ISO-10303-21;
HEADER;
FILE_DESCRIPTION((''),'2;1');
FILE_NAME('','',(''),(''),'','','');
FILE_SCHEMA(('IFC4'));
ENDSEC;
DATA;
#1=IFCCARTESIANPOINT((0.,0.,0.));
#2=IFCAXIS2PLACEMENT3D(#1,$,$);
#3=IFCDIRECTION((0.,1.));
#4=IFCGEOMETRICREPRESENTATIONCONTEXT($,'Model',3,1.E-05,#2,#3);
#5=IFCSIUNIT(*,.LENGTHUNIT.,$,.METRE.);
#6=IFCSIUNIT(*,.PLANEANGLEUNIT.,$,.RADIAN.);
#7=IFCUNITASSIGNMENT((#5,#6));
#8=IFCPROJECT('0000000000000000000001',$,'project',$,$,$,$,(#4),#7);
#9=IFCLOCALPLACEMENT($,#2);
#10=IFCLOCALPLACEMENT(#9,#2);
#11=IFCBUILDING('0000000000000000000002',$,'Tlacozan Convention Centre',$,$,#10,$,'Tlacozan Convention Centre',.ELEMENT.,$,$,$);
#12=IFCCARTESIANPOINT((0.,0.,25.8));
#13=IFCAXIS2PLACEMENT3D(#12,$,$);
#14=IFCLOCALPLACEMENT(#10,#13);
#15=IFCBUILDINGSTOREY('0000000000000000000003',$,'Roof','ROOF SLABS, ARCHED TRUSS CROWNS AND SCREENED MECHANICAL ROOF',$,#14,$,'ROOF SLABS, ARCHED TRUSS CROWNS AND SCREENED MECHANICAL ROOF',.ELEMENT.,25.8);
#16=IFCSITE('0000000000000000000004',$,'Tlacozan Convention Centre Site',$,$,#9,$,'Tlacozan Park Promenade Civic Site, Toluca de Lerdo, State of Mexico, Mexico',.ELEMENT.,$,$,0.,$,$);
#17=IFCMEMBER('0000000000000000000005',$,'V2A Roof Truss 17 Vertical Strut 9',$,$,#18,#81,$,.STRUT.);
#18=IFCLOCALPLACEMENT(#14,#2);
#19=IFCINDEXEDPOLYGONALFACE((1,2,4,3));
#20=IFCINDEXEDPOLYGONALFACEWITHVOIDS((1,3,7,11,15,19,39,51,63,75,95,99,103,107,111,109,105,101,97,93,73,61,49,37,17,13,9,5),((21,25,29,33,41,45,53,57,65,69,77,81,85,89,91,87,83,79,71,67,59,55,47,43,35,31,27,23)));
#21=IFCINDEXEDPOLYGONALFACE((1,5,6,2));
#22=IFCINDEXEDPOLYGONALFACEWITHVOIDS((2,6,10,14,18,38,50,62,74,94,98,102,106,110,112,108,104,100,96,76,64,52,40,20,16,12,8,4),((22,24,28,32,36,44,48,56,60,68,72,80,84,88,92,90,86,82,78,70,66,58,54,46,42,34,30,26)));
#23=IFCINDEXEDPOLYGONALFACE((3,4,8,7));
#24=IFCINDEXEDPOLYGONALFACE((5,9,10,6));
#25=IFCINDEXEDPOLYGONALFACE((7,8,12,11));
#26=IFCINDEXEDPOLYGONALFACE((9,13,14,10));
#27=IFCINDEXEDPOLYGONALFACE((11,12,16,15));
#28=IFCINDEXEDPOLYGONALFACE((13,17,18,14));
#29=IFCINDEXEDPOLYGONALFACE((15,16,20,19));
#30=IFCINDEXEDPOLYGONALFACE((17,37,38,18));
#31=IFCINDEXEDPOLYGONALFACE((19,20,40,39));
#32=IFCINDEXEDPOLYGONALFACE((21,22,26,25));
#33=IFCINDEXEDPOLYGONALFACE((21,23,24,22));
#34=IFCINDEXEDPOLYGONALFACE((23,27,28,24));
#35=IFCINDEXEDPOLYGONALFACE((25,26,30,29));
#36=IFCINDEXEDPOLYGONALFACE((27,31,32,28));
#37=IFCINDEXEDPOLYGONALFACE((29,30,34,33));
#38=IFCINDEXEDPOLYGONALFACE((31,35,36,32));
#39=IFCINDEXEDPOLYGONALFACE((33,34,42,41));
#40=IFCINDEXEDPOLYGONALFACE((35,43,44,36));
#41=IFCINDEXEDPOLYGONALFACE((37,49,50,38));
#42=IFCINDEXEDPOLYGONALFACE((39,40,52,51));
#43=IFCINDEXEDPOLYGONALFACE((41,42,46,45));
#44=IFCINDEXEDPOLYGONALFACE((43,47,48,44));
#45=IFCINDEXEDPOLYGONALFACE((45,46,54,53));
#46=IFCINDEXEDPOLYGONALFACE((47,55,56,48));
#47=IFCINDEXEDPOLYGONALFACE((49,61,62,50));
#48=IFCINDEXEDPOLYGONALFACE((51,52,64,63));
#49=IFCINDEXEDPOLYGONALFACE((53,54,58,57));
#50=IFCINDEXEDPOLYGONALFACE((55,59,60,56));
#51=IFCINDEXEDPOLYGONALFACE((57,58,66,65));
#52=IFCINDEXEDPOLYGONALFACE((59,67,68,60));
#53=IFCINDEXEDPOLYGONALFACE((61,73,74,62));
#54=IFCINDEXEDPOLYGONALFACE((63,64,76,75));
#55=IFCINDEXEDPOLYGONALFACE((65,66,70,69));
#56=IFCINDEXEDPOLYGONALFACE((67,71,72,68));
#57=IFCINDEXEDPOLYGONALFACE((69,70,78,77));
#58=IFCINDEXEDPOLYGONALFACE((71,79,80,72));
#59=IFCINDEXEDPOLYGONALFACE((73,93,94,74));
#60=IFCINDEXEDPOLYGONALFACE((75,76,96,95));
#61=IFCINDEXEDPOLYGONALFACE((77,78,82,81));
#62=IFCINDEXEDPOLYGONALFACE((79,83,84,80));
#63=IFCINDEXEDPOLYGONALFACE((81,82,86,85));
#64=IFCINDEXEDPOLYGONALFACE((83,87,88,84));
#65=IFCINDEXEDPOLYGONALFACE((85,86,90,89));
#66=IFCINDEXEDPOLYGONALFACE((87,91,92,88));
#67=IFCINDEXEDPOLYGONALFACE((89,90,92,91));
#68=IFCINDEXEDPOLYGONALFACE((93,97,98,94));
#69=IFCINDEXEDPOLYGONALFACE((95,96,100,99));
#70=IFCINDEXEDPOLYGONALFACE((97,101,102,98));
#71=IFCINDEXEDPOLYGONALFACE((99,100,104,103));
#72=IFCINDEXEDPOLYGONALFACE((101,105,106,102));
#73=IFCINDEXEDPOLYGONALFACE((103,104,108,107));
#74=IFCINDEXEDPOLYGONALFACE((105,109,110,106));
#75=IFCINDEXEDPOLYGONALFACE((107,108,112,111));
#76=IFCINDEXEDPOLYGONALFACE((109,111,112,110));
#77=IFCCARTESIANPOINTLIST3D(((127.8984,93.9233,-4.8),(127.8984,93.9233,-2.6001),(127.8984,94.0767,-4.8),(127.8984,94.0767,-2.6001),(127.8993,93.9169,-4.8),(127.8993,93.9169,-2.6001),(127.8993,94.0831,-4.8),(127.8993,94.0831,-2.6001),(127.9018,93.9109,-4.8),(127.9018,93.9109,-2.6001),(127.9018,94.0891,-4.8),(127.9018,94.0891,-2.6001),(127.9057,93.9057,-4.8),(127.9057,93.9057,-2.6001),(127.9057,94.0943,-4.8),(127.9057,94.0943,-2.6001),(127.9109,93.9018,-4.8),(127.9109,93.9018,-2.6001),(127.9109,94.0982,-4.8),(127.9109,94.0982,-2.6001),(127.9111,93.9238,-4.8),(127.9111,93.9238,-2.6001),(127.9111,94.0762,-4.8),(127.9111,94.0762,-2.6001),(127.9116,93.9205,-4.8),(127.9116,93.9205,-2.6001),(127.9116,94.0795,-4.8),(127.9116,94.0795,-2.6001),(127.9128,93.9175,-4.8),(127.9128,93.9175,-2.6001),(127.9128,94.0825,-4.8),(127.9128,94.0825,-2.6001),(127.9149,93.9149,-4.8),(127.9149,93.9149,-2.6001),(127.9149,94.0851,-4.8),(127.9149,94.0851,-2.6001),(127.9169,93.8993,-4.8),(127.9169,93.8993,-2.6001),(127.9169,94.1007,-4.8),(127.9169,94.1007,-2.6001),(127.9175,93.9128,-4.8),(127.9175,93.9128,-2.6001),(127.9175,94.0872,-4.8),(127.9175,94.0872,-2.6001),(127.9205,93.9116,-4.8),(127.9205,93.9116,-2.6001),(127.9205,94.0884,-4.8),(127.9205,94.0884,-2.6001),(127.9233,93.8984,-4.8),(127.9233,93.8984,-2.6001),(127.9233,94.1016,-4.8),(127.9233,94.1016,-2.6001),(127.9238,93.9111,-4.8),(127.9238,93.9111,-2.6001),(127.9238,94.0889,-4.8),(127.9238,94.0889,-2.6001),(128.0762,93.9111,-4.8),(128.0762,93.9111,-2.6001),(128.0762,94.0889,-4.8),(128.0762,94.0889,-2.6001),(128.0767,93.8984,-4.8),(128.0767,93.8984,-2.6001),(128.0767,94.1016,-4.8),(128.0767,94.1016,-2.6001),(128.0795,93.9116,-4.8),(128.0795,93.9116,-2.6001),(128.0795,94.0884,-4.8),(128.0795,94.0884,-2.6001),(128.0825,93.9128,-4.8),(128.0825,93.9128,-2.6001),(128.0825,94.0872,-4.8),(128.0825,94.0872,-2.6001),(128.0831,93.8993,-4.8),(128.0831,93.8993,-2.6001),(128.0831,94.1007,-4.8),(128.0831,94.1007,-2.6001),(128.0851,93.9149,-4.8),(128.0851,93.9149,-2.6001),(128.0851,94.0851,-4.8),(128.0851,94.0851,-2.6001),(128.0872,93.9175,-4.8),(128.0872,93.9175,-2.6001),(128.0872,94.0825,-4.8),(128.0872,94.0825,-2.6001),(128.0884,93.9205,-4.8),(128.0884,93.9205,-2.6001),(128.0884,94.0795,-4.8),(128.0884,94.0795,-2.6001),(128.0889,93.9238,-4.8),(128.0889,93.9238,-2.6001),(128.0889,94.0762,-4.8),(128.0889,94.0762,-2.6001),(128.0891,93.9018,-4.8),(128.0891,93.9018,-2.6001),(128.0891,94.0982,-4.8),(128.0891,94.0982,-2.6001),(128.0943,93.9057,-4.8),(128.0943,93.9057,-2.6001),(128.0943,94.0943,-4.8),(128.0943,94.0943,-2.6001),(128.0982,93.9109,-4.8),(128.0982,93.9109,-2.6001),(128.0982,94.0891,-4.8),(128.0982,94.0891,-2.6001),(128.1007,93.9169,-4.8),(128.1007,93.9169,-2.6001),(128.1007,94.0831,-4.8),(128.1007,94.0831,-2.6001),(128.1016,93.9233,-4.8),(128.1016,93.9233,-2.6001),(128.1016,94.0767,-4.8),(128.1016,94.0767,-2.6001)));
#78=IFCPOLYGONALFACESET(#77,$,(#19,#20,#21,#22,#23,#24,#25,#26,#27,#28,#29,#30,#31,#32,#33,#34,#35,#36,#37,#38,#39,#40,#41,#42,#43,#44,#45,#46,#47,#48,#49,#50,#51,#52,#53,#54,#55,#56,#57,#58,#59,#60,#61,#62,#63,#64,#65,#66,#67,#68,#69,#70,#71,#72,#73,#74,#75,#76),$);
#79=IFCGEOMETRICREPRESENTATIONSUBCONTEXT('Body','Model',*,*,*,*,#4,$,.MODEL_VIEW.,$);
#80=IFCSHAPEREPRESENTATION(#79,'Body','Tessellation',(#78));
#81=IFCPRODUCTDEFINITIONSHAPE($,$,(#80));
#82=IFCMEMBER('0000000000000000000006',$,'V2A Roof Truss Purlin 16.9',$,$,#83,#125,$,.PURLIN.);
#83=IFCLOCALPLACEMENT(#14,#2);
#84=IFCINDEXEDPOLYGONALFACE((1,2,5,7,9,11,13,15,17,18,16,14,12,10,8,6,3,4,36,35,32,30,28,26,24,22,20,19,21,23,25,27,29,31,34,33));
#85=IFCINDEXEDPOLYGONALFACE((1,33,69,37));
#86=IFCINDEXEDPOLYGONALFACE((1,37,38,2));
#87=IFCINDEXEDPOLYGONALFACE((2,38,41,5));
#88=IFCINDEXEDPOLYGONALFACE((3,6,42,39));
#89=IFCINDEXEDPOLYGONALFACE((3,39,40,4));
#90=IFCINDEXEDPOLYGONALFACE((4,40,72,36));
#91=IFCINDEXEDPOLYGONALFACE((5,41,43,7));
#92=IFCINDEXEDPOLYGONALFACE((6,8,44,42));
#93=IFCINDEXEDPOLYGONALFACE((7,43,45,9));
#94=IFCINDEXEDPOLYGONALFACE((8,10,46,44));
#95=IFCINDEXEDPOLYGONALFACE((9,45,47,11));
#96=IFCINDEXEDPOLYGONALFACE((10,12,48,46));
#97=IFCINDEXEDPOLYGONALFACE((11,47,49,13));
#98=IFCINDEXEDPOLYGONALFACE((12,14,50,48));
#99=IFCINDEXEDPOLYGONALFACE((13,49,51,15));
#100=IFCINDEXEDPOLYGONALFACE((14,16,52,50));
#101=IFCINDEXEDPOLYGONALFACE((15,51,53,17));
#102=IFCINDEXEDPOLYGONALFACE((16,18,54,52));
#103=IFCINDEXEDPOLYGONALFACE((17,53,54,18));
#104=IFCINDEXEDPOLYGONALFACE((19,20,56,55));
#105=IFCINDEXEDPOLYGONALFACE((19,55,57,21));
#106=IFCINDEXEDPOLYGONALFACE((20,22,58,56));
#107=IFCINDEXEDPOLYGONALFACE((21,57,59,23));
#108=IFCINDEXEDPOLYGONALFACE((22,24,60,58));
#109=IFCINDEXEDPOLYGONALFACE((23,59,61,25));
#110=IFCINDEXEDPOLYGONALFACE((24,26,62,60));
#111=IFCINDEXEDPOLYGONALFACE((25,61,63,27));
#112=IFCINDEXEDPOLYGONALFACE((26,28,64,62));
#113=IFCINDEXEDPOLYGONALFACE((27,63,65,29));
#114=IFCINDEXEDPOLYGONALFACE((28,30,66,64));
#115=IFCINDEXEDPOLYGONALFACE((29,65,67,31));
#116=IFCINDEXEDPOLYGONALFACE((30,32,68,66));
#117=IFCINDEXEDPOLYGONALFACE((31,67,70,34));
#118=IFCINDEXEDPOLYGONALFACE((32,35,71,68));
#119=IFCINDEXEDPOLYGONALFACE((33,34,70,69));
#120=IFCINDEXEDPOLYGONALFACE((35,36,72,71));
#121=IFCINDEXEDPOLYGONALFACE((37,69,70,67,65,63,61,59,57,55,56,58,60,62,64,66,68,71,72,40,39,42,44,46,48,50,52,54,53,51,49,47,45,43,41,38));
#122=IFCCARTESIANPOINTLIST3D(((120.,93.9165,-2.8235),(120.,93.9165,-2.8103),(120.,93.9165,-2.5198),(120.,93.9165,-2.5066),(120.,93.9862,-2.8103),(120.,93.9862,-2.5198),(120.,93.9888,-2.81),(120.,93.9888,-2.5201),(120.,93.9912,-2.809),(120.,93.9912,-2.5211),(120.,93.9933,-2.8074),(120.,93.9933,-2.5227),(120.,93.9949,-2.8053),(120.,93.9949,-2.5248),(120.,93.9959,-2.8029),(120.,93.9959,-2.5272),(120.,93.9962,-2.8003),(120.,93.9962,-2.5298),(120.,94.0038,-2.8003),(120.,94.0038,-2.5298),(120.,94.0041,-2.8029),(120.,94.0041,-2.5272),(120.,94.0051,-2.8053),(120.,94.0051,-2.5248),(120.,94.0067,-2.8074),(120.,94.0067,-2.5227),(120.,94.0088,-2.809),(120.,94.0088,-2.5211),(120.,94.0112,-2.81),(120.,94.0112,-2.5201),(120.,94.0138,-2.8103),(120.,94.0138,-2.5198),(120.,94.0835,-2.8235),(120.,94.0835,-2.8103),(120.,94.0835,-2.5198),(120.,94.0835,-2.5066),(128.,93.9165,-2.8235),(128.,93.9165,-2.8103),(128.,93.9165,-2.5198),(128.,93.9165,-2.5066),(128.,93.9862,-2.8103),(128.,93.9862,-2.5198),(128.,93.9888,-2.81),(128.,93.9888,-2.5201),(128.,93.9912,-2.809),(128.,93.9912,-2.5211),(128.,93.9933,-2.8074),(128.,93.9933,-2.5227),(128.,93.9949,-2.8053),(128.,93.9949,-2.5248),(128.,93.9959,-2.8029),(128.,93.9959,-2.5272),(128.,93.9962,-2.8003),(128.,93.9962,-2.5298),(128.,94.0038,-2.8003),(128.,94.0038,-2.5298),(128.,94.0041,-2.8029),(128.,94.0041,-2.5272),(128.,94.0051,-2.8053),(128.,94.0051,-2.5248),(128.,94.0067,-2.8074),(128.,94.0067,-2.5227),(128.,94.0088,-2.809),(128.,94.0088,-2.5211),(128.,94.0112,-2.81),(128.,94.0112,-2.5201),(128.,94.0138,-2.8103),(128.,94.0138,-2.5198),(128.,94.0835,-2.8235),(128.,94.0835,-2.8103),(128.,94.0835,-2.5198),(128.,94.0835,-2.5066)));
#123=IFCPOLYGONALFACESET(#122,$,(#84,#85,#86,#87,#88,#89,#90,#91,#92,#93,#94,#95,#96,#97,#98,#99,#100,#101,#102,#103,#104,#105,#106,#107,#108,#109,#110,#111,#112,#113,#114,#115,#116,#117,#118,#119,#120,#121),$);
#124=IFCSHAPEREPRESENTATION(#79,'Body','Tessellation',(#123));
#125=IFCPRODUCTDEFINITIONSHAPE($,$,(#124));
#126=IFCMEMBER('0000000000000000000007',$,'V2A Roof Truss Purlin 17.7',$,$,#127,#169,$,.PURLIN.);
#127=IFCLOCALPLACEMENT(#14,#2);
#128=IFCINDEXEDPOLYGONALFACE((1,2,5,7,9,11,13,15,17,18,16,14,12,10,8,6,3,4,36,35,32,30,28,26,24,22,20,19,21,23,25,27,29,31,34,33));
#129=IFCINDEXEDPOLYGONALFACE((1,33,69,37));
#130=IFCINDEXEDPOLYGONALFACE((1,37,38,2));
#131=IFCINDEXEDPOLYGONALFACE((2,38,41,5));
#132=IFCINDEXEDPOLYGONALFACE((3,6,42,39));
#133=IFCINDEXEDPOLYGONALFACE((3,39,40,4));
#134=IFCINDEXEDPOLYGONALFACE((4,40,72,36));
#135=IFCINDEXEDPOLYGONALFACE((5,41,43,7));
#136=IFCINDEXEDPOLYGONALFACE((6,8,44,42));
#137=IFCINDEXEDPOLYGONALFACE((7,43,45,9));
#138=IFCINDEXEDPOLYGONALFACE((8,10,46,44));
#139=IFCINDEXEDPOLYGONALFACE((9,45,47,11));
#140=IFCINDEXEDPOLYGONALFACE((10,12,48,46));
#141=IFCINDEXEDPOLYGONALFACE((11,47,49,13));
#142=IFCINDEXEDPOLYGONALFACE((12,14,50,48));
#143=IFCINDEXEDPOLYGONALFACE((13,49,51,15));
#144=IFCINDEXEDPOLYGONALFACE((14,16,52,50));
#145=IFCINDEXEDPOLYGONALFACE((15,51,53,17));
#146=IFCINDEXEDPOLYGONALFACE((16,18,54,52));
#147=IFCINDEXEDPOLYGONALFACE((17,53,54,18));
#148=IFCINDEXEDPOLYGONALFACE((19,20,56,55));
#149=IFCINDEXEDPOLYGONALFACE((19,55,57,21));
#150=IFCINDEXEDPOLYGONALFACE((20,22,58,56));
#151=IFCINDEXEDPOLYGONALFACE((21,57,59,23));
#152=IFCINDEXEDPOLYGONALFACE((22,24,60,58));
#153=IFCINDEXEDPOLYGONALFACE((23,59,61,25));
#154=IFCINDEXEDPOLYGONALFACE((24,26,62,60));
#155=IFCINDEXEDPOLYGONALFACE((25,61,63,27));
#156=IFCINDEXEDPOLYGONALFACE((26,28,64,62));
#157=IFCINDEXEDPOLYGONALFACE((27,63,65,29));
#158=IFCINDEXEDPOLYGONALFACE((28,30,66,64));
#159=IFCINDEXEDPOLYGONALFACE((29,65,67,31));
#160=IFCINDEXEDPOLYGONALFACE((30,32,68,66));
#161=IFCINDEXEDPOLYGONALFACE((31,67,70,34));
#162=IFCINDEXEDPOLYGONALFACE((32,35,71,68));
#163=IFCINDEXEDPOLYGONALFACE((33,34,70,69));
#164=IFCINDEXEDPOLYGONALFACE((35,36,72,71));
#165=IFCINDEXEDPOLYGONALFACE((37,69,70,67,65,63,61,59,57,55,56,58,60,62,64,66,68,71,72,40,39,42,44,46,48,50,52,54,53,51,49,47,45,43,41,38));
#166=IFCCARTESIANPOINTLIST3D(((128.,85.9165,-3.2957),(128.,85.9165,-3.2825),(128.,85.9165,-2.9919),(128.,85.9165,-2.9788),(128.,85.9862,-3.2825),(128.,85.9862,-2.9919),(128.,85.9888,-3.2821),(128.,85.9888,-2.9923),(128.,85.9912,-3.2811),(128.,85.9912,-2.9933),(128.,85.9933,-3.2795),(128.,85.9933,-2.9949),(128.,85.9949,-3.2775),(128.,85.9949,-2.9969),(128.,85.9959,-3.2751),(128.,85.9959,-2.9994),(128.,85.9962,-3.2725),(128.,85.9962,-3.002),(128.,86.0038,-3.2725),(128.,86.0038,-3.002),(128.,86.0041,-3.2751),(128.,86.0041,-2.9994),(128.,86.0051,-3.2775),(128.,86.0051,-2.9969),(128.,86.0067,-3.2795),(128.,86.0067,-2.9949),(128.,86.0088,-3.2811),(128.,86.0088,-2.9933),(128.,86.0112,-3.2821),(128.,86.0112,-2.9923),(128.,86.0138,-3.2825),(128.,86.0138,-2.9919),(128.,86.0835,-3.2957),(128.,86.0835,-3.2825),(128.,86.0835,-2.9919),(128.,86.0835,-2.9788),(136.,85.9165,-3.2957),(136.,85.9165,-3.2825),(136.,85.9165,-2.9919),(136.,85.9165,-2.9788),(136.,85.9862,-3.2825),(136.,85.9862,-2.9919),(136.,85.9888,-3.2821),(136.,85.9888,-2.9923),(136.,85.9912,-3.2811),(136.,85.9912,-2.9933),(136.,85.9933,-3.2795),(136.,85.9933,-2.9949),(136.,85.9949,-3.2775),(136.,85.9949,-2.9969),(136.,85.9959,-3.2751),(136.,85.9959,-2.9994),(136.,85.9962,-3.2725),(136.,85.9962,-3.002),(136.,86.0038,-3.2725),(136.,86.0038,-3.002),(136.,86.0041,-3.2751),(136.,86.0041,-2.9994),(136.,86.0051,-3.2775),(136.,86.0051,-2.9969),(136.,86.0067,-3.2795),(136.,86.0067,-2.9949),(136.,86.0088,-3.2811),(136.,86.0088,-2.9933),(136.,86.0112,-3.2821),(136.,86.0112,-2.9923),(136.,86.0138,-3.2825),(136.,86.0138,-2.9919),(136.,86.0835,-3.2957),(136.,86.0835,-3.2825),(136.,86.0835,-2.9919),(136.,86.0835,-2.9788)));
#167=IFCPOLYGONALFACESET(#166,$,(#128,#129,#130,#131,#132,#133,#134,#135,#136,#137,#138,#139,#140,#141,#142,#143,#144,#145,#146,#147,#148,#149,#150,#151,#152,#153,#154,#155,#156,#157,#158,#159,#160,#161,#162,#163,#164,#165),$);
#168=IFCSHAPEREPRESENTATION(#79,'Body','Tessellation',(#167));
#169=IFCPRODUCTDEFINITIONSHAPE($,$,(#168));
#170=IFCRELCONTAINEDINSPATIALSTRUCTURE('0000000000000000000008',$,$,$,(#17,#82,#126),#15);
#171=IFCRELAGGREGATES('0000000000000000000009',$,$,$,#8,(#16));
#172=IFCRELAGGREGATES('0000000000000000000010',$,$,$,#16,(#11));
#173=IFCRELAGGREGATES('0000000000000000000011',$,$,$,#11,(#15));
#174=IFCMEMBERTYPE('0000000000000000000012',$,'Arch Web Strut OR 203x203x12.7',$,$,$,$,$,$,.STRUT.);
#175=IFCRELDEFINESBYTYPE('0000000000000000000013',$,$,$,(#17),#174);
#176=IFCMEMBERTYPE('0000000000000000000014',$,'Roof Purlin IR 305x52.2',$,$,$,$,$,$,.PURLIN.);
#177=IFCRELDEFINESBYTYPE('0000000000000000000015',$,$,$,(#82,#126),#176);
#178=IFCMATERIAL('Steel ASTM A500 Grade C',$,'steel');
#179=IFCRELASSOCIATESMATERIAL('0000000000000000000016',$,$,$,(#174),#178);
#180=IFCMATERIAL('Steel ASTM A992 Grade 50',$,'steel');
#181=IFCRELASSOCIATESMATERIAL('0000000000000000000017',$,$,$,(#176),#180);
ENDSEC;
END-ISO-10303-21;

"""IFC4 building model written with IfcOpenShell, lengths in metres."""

from ifc_helpers import new_model, si_unit, direction, frame, origin, origin_2d, place, context, subcontext, project, spatial, hollow_rectangle, i_section, extrude, material, material_profile, profile_set, type_object, element, save


model = new_model("IFC4")

# Units and contexts
model_context = context("Model", 3, precision=1e-05, world=origin(), true_north=direction((0.0, 1.0)))
body_context = subcontext(model_context, "Body", "Model", "MODEL_VIEW")
ifc_project = project(units=[si_unit("LENGTHUNIT", "METRE"), si_unit("PLANEANGLEUNIT", "RADIAN")], contexts=[model_context])

# Site, building, storey
site_placement = place(None, origin())
site = spatial("IfcSite", under=ifc_project, at=site_placement, Name="Tlacozan Convention Centre Site", LongName="Tlacozan Park Promenade Civic Site, Toluca de Lerdo, State of Mexico, Mexico", CompositionType="ELEMENT", RefElevation=0.0)
building_placement = place(site_placement, origin())
building = spatial("IfcBuilding", under=site, at=building_placement, Name="Tlacozan Convention Centre", LongName="Tlacozan Convention Centre", CompositionType="ELEMENT")
storey_placement = place(building_placement, frame((0.0, 0.0, 25.8)))
storey = spatial("IfcBuildingStorey", under=building, at=storey_placement, Name="Roof", Description="ROOF SLABS, ARCHED TRUSS CROWNS AND SCREENED MECHANICAL ROOF", LongName="ROOF SLABS, ARCHED TRUSS CROWNS AND SCREENED MECHANICAL ROOF", CompositionType="ELEMENT", Elevation=25.8)

# Members
ifc_material_1 = material(Name="Steel ASTM A500 Grade C", Category="steel")
ifc_material_profile_1 = material_profile(ifc_material_1, hollow_rectangle(XDim=0.2031, YDim=0.2031, WallThickness=0.0127, InnerFilletRadius=0.0127, OuterFilletRadius=0.0249, at=origin_2d()), Name="OR 203x203x12.7")
ifc_profile_set_1 = profile_set([ifc_material_profile_1], Name="Steel ASTM A500 Grade C")
member_type_1 = type_object("IfcMemberType", Name="Arch Web Strut OR 203x203x12.7", PredefinedType="STRUT", material=ifc_profile_set_1)
for number, where, z_axis, x_axis, name in (
    (1, (128.0, 94.0, -4.8), (0.0, 0.0, 1.0), (1.0, 0.0, 0.0), "V2A Roof Truss 17 Vertical Strut 9"),
):
    element("IfcMember", number, at=place(storey_placement, frame(where, z_axis=z_axis, x_axis=x_axis)), inside=storey, type_object=member_type_1, Name=name, PredefinedType="STRUT", context=body_context, shape_type="SweptSolid", body=[
        extrude(hollow_rectangle(XDim=0.2031, YDim=0.2031, WallThickness=0.0127, InnerFilletRadius=0.0127, OuterFilletRadius=0.0249, at=origin_2d()), origin(), (0.0, 0.0, 1.0), 2.2),
    ])
ifc_material_2 = material(Name="Steel ASTM A992 Grade 50", Category="steel")
ifc_material_profile_2 = material_profile(ifc_material_2, i_section(OverallWidth=0.167, OverallDepth=0.3169, WebThickness=0.0076, FlangeThickness=0.0132, FilletRadius=0.01, at=origin_2d()), Name="IR 305x52.2")
ifc_profile_set_2 = profile_set([ifc_material_profile_2], Name="Steel ASTM A992 Grade 50")
member_type_2 = type_object("IfcMemberType", Name="Roof Purlin IR 305x52.2", PredefinedType="PURLIN", material=ifc_profile_set_2)
for number, where, z_axis, x_axis, name in (
    (2, (120.0, 94.0, -2.665), (1.0, 0.0, 0.0), (0.0, 1.0, 0.0), "V2A Roof Truss Purlin 16.9"),
    (3, (128.0, 86.0, -3.1372), (1.0, 0.0, 0.0), (0.0, 1.0, 0.0), "V2A Roof Truss Purlin 17.7"),
):
    element("IfcMember", number, at=place(storey_placement, frame(where, z_axis=z_axis, x_axis=x_axis)), inside=storey, type_object=member_type_2, Name=name, PredefinedType="PURLIN", context=body_context, shape_type="SweptSolid", body=[
        extrude(i_section(OverallWidth=0.167, OverallDepth=0.3169, WebThickness=0.0076, FlangeThickness=0.0132, FilletRadius=0.01, at=origin_2d()), origin(), (0.0, 0.0, 1.0), 8.0),
    ])

save(model, "model.ifc")
